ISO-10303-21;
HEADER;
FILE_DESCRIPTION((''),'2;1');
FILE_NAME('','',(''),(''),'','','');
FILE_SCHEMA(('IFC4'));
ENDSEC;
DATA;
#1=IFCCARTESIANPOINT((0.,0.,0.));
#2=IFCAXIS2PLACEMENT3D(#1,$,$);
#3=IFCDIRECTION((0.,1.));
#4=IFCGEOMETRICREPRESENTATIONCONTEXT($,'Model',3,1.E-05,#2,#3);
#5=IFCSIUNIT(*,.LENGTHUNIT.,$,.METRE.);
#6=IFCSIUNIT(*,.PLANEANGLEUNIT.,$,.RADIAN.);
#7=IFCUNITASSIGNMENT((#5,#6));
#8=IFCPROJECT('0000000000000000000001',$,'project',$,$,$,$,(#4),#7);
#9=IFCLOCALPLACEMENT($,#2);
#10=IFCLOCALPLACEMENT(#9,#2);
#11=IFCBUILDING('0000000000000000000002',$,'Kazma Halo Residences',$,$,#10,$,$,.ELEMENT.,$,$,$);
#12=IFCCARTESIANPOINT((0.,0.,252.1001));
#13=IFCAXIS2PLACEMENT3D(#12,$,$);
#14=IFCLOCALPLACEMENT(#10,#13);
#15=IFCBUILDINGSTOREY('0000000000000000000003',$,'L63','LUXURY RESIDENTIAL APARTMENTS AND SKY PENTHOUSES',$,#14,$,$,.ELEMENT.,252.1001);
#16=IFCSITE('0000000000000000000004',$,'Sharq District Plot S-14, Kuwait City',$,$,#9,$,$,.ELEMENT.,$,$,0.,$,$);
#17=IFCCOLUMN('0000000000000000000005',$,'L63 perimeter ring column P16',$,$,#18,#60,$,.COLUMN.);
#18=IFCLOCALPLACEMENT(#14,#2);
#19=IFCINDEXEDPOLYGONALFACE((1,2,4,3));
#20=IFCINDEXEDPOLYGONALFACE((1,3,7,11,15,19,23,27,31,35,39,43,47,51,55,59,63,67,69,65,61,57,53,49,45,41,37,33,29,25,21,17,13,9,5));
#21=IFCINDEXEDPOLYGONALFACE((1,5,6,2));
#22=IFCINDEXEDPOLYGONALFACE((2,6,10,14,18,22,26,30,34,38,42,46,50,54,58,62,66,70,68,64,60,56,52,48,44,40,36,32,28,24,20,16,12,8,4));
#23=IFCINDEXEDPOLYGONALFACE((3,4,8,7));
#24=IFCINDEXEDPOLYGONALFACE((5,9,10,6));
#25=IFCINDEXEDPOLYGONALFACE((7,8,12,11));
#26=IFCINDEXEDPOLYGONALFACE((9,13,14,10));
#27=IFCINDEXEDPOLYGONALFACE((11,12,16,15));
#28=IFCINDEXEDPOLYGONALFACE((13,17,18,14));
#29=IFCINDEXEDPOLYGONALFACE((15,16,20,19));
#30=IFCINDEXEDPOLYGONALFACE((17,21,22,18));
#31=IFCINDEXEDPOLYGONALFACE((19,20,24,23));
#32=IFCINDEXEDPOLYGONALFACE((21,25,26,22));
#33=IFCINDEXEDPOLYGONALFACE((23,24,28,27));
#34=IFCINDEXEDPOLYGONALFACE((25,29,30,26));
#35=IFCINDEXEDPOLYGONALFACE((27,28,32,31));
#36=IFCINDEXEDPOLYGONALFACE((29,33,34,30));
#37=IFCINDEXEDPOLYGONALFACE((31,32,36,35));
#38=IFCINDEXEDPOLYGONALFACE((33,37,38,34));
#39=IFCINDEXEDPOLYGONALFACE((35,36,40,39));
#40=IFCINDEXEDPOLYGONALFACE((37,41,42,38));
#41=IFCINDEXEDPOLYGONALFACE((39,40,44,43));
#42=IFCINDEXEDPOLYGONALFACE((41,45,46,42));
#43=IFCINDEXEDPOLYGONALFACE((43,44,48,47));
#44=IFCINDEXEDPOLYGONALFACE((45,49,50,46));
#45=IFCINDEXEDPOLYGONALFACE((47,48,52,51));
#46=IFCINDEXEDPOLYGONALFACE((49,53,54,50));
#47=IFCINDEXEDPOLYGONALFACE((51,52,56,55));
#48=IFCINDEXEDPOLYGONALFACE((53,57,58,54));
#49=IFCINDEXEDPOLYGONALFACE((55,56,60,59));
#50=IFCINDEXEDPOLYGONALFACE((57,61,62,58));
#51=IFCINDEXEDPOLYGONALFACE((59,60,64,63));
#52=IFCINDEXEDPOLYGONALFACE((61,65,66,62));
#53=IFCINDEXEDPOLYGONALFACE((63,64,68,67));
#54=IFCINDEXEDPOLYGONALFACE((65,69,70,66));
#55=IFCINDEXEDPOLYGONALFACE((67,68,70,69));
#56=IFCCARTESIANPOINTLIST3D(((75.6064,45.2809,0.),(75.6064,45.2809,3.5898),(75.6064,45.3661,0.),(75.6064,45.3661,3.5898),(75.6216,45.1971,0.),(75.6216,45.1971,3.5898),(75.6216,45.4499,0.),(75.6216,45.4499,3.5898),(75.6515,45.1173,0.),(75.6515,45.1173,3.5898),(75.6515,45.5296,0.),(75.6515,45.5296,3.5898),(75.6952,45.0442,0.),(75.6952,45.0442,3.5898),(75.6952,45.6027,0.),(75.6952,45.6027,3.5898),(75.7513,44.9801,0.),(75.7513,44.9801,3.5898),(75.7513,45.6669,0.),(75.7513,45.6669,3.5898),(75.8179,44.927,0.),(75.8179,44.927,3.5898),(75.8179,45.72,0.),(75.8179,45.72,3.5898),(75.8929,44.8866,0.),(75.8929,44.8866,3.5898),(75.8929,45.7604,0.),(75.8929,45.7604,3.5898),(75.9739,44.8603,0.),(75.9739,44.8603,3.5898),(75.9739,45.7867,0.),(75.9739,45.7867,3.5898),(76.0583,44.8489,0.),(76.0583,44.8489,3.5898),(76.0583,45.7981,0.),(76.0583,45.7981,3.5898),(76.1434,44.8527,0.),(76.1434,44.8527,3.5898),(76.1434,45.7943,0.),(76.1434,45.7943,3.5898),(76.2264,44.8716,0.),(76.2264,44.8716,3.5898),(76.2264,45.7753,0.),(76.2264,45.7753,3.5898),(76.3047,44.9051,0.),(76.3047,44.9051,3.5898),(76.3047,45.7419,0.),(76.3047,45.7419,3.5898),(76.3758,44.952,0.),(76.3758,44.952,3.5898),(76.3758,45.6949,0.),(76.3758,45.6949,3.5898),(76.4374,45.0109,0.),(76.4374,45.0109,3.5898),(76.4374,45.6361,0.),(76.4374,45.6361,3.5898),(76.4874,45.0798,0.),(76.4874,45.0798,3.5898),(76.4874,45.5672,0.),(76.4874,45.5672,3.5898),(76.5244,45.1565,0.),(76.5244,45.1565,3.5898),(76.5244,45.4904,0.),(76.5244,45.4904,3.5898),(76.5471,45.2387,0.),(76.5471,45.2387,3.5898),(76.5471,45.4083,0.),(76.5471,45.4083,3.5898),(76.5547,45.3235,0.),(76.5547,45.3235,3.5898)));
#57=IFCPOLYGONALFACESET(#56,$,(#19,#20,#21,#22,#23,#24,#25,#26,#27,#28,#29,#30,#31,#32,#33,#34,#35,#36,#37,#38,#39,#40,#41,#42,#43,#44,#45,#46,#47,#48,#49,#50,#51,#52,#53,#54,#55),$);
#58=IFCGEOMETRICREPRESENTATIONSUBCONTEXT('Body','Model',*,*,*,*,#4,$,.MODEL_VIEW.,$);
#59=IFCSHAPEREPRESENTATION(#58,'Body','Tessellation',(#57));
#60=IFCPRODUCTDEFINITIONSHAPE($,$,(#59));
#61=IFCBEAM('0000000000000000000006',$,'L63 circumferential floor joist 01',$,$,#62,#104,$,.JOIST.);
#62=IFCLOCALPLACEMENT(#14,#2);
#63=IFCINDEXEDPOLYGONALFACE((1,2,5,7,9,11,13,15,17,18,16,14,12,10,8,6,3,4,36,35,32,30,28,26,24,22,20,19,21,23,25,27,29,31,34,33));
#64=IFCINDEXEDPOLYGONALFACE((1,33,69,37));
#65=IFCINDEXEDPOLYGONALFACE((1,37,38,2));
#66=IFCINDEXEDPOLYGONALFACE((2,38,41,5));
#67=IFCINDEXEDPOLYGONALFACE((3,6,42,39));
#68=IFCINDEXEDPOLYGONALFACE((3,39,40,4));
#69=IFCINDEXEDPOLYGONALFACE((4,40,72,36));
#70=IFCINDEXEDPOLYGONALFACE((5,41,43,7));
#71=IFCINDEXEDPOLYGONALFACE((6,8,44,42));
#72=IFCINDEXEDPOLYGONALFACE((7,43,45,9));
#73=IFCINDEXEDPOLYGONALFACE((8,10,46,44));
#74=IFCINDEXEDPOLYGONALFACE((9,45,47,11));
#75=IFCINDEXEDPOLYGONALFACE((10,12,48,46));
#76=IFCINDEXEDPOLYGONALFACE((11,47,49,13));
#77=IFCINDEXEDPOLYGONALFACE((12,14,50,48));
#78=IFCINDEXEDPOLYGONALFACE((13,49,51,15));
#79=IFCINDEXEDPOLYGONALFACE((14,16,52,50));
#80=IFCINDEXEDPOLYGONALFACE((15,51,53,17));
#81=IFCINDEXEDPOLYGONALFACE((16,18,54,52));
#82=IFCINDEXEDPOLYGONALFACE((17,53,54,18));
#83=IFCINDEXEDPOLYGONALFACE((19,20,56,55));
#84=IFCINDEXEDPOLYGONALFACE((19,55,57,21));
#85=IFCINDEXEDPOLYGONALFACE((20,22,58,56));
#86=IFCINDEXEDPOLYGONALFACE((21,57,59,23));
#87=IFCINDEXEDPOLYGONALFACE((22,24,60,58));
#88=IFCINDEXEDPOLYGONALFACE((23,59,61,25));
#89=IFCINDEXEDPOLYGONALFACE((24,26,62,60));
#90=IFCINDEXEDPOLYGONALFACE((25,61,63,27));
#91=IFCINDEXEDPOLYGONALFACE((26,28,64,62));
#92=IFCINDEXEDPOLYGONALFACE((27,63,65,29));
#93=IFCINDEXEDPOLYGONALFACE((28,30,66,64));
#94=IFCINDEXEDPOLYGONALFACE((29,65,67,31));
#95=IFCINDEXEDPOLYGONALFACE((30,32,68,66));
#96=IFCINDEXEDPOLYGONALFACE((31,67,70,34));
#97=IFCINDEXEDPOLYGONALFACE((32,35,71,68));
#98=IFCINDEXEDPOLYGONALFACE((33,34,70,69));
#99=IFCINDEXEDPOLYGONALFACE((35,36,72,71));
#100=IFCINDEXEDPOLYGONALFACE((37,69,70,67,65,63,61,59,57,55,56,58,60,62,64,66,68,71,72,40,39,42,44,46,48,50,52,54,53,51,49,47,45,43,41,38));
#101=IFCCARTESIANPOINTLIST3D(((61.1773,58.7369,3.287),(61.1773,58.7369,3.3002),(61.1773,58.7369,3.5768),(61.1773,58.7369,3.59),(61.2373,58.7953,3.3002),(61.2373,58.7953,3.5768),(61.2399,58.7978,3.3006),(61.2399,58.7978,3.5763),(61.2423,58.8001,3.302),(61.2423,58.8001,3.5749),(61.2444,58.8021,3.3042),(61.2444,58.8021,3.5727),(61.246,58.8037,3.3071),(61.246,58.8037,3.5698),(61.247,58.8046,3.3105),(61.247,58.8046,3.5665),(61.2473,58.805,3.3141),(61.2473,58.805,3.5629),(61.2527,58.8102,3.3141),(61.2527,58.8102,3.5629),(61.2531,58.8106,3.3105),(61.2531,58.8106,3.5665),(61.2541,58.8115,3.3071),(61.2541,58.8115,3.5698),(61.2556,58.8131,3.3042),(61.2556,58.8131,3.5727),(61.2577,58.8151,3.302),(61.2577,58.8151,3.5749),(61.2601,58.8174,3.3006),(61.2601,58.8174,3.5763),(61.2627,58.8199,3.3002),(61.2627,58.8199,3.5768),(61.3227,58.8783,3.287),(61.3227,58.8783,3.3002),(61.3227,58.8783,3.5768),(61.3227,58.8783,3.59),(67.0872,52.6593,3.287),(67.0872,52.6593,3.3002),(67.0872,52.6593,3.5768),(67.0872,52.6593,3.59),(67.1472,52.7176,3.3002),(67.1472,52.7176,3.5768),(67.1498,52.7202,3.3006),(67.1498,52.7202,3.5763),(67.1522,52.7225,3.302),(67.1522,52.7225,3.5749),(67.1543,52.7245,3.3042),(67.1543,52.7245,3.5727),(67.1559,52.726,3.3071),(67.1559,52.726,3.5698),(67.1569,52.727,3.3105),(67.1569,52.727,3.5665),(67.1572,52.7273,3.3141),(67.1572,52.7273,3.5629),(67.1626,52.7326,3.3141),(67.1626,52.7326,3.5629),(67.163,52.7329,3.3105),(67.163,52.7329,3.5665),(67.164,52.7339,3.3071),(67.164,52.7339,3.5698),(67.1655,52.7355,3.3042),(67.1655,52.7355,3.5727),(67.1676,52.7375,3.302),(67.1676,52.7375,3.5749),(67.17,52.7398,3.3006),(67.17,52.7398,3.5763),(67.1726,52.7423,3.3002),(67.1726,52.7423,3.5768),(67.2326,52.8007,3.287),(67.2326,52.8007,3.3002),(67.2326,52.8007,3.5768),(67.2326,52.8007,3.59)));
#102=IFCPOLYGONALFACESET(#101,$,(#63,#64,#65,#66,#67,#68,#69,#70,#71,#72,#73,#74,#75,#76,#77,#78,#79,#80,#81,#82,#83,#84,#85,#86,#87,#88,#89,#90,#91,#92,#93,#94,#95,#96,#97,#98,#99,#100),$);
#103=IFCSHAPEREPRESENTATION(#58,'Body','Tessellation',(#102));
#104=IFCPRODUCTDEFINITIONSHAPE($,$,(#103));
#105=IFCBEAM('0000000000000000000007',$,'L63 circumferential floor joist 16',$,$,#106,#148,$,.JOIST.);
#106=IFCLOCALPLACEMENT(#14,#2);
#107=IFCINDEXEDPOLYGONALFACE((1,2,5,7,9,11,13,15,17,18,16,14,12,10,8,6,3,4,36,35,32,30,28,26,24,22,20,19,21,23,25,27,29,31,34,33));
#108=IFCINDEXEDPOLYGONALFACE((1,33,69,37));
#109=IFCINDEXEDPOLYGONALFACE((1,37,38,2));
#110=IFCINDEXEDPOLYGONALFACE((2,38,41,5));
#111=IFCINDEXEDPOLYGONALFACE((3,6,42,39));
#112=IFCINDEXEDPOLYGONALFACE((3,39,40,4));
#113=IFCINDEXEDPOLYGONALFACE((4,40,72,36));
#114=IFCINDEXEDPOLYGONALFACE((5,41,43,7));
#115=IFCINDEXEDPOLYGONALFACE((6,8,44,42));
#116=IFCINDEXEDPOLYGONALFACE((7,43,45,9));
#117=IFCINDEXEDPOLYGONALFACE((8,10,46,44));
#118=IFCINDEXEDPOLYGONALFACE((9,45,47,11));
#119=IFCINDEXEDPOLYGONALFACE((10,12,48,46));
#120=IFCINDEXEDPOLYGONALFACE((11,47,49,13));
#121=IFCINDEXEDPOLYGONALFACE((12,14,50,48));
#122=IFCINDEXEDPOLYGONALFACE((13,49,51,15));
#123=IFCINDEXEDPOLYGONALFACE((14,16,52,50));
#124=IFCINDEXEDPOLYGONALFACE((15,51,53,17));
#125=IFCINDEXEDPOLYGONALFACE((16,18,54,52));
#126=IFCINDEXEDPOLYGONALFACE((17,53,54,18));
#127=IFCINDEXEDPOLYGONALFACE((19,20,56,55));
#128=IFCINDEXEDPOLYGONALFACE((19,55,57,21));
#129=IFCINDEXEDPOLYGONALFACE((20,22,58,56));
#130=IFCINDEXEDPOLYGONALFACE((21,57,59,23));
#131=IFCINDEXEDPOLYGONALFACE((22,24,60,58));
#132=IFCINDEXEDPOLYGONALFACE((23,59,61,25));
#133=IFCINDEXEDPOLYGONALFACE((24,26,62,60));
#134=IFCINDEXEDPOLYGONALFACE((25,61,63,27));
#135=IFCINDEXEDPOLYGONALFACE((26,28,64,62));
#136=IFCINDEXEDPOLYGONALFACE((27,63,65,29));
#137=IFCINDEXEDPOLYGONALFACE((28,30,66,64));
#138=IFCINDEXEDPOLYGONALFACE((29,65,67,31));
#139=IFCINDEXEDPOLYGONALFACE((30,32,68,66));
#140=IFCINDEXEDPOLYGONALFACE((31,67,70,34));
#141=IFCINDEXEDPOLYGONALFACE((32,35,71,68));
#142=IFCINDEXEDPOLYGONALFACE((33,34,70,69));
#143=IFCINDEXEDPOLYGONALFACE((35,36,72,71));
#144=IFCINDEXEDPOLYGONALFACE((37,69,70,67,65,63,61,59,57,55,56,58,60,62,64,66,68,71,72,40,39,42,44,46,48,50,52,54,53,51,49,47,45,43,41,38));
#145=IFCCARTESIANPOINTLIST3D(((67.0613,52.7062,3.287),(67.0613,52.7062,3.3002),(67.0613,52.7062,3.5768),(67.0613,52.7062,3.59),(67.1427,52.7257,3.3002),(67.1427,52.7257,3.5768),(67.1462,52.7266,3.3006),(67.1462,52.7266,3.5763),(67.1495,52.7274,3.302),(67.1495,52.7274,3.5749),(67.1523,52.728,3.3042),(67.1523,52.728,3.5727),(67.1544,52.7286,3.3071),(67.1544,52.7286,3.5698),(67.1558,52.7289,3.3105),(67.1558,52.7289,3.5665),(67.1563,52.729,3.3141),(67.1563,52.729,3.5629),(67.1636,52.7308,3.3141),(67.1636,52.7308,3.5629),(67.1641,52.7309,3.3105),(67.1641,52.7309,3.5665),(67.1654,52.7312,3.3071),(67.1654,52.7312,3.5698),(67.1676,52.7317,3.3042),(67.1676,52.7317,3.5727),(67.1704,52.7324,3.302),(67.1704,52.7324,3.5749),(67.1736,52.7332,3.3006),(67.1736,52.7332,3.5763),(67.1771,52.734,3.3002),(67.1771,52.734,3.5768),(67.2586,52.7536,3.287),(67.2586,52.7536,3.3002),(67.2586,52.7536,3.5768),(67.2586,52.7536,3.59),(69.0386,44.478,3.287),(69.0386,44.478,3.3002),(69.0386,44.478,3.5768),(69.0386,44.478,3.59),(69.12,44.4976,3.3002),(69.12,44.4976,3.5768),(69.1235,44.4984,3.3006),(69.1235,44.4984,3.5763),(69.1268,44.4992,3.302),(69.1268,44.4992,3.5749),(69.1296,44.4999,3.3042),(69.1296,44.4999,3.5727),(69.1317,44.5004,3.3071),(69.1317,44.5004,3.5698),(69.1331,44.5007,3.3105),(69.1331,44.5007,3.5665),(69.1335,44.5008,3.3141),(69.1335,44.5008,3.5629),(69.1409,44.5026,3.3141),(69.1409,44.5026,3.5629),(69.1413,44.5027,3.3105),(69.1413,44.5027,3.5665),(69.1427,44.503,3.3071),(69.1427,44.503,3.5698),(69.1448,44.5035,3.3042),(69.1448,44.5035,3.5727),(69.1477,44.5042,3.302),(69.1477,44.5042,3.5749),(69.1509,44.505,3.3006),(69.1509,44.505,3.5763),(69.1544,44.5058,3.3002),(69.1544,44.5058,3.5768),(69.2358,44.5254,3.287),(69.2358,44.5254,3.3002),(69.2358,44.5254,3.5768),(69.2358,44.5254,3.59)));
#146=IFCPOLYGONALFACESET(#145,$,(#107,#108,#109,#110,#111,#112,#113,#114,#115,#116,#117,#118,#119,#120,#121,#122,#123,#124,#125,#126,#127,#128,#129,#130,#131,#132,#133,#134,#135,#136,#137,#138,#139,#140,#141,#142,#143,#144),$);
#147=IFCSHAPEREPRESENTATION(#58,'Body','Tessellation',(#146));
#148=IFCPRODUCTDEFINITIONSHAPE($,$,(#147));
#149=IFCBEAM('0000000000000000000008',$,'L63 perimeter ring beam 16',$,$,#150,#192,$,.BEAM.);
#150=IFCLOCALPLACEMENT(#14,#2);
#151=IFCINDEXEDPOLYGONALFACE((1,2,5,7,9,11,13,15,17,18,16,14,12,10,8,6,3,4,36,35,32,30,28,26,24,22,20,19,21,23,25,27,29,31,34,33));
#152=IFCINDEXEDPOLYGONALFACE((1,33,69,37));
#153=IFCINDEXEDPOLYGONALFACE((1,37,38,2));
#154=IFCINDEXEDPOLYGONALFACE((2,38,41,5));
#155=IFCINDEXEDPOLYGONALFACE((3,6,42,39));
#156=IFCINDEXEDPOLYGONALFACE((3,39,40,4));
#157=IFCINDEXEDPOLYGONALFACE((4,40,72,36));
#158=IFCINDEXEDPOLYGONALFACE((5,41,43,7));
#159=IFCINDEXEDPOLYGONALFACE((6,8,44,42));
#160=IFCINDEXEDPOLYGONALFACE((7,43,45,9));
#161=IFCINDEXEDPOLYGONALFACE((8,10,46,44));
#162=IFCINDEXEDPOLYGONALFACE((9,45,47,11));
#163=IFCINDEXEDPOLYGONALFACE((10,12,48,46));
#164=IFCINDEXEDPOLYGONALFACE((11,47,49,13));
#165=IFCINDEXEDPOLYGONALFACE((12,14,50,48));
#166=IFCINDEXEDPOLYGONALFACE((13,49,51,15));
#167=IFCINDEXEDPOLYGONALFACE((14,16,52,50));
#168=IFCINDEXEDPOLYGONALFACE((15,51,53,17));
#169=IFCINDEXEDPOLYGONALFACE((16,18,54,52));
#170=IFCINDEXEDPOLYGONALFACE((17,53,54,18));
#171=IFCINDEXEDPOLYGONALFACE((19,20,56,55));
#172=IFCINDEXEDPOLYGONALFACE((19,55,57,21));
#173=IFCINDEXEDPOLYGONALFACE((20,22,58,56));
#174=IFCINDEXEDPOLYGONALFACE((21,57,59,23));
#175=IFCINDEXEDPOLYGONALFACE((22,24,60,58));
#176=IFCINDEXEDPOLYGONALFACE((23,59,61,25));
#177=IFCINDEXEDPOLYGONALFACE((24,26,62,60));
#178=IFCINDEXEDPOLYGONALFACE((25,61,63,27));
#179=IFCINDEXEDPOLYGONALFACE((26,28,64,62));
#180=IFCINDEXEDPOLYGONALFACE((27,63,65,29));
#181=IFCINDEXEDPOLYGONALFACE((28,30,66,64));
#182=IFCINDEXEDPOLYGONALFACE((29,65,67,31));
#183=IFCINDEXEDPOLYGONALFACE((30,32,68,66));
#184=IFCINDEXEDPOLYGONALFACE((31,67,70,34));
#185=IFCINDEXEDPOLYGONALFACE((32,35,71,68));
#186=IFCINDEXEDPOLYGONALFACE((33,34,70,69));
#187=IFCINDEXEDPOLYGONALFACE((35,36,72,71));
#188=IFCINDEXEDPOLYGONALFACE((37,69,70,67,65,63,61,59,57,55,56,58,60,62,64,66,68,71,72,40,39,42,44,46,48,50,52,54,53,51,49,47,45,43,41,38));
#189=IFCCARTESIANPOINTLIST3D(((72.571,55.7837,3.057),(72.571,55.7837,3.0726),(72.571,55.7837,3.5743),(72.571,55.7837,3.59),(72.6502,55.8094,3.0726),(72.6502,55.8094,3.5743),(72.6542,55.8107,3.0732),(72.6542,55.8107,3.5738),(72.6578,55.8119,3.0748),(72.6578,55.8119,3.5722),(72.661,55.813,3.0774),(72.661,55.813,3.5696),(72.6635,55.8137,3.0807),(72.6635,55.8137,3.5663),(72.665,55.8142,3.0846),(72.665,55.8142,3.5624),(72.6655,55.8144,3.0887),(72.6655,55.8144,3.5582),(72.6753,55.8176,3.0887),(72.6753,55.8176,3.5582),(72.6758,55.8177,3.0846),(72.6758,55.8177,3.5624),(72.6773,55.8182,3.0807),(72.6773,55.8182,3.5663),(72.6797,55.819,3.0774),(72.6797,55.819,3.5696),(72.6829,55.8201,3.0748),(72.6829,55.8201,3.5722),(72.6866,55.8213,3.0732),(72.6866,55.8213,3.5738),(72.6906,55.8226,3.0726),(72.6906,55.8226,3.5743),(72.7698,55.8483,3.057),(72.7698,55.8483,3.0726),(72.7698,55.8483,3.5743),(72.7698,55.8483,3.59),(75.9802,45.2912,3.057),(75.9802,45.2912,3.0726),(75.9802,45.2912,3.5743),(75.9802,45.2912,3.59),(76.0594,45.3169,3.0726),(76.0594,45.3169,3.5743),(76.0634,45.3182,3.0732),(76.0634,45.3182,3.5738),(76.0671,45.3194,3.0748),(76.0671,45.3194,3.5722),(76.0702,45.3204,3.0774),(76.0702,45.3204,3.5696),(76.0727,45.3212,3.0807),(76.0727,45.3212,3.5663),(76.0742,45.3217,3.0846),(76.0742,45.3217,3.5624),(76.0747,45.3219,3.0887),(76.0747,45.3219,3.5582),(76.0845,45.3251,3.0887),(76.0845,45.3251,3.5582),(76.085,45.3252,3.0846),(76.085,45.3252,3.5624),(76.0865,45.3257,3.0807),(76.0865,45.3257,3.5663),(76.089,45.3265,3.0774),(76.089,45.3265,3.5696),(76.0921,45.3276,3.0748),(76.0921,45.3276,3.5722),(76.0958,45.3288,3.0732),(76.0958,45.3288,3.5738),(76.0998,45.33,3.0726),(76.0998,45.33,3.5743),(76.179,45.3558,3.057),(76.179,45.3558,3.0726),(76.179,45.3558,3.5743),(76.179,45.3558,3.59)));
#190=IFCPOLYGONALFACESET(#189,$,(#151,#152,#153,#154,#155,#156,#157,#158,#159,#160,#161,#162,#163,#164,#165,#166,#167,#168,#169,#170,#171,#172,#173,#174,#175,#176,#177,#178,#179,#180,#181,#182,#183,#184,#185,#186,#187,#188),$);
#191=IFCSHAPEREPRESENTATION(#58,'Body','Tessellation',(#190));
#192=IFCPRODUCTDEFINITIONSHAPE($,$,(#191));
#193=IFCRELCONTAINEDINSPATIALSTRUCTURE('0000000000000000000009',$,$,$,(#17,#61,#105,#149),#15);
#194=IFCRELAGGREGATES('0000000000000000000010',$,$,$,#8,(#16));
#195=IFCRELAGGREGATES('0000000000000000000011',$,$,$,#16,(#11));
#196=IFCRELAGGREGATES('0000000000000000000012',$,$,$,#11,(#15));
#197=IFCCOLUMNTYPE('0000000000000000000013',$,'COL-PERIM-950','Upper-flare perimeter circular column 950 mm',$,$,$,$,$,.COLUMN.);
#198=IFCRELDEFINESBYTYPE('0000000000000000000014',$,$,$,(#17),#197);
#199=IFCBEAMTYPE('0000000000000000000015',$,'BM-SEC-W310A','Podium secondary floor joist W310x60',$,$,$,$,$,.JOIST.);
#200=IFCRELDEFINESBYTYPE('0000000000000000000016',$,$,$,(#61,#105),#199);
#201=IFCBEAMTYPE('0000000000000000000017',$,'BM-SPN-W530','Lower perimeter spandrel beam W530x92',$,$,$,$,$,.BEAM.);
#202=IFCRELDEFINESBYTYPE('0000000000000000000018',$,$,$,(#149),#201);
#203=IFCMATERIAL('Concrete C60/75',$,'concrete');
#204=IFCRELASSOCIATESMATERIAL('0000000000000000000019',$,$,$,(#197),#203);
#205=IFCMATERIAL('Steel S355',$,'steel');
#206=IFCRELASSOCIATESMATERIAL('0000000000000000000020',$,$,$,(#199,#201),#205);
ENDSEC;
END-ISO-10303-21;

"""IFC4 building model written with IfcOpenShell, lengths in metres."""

from ifc_helpers import new_model, si_unit, direction, frame, origin, origin_2d, place, context, subcontext, project, spatial, circle, i_section, extrude, material, material_profile, profile_set, type_object, element, save


model = new_model("IFC4")

# Units and contexts
model_context = context("Model", 3, precision=1e-05, world=origin(), true_north=direction((0.0, 1.0)))
body_context = subcontext(model_context, "Body", "Model", "MODEL_VIEW")
ifc_project = project(units=[si_unit("LENGTHUNIT", "METRE"), si_unit("PLANEANGLEUNIT", "RADIAN")], contexts=[model_context])

# Site, building, storey
site_placement = place(None, origin())
site = spatial("IfcSite", under=ifc_project, at=site_placement, Name="Sharq District Plot S-14, Kuwait City", CompositionType="ELEMENT", RefElevation=0.0)
building_placement = place(site_placement, origin())
building = spatial("IfcBuilding", under=site, at=building_placement, Name="Kazma Halo Residences", CompositionType="ELEMENT")
storey_placement = place(building_placement, frame((0.0, 0.0, 252.1001)))
storey = spatial("IfcBuildingStorey", under=building, at=storey_placement, Name="L63", Description="LUXURY RESIDENTIAL APARTMENTS AND SKY PENTHOUSES", CompositionType="ELEMENT", Elevation=252.1001)

# Column
ifc_material_1 = material(Name="Concrete C60/75", Category="concrete")
ifc_material_profile_1 = material_profile(ifc_material_1, circle(Radius=0.4751, at=origin_2d()), Name="CIRC950")
ifc_profile_set_1 = profile_set([ifc_material_profile_1], Name="Concrete C60/75")
column_type = type_object("IfcColumnType", Name="COL-PERIM-950", Description="Upper-flare perimeter circular column 950 mm", PredefinedType="COLUMN", material=ifc_profile_set_1)
column_placement = place(storey_placement, frame((76.0796, 45.3235, 0.0), z_axis=(0.0, 0.0, 1.0), x_axis=(1.0, 0.0, 0.0)))
element("IfcColumn", 1, at=column_placement, inside=storey, type_object=column_type, Name="L63 perimeter ring column P16", PredefinedType="COLUMN", context=body_context, shape_type="SweptSolid", body=[
    extrude(circle(Radius=0.4751, at=origin_2d()), origin(), (0.0, 0.0, 1.0), 3.5898),
])

# Beams
ifc_material_2 = material(Name="Steel S355", Category="steel")
ifc_material_profile_2 = material_profile(ifc_material_2, i_section(OverallWidth=0.2029, OverallDepth=0.303, WebThickness=0.0076, FlangeThickness=0.0132, FilletRadius=0.0139, at=origin_2d()), Name="W310x60")
ifc_profile_set_2 = profile_set([ifc_material_profile_2], Name="Steel S355")
beam_type_1 = type_object("IfcBeamType", Name="BM-SEC-W310A", Description="Podium secondary floor joist W310x60", PredefinedType="JOIST", material=ifc_profile_set_2)
beam_1_placement = place(storey_placement, frame((67.1599, 52.73, 3.4385), z_axis=(-0.697145, 0.71693, 0.0), x_axis=(-0.71693, -0.697145, 0.0)))
element("IfcBeam", 2, at=beam_1_placement, inside=storey, type_object=beam_type_1, Name="L63 circumferential floor joist 01", PredefinedType="JOIST", context=body_context, shape_type="SweptSolid", body=[
    extrude(i_section(OverallWidth=0.2029, OverallDepth=0.303, WebThickness=0.0076, FlangeThickness=0.0132, FilletRadius=0.0139, at=origin_2d()), origin(), (0.0, 0.0, 1.0), 8.4773),
])
beam_2_placement = place(storey_placement, frame((69.1372, 44.5017, 3.4385), z_axis=(-0.233653, 0.97232, 0.0), x_axis=(-0.97232, -0.233653, 0.0)))
element("IfcBeam", 3, at=beam_2_placement, inside=storey, type_object=beam_type_1, Name="L63 circumferential floor joist 16", PredefinedType="JOIST", context=body_context, shape_type="SweptSolid", body=[
    extrude(i_section(OverallWidth=0.2029, OverallDepth=0.303, WebThickness=0.0076, FlangeThickness=0.0132, FilletRadius=0.0139, at=origin_2d()), origin(), (0.0, 0.0, 1.0), 8.4624),
])
ifc_material_profile_3 = material_profile(ifc_material_2, i_section(OverallWidth=0.209, OverallDepth=0.533, WebThickness=0.0103, FlangeThickness=0.0156, FilletRadius=0.0161, at=origin_2d()), Name="W530x92")
ifc_profile_set_3 = profile_set([ifc_material_profile_3], Name="Steel S355")
beam_type_2 = type_object("IfcBeamType", Name="BM-SPN-W530", Description="Lower perimeter spandrel beam W530x92", PredefinedType="BEAM", material=ifc_profile_set_3)
beam_3_placement = place(storey_placement, frame((76.0796, 45.3235, 3.3235), z_axis=(-0.309016, 0.951057, 0.0), x_axis=(-0.951057, -0.309016, 0.0)))
element("IfcBeam", 4, at=beam_3_placement, inside=storey, type_object=beam_type_2, Name="L63 perimeter ring beam 16", PredefinedType="BEAM", context=body_context, shape_type="SweptSolid", body=[
    extrude(i_section(OverallWidth=0.209, OverallDepth=0.533, WebThickness=0.0103, FlangeThickness=0.0156, FilletRadius=0.0161, at=origin_2d()), origin(), (0.0, 0.0, 1.0), 11.0325),
])

save(model, "model.ifc")
